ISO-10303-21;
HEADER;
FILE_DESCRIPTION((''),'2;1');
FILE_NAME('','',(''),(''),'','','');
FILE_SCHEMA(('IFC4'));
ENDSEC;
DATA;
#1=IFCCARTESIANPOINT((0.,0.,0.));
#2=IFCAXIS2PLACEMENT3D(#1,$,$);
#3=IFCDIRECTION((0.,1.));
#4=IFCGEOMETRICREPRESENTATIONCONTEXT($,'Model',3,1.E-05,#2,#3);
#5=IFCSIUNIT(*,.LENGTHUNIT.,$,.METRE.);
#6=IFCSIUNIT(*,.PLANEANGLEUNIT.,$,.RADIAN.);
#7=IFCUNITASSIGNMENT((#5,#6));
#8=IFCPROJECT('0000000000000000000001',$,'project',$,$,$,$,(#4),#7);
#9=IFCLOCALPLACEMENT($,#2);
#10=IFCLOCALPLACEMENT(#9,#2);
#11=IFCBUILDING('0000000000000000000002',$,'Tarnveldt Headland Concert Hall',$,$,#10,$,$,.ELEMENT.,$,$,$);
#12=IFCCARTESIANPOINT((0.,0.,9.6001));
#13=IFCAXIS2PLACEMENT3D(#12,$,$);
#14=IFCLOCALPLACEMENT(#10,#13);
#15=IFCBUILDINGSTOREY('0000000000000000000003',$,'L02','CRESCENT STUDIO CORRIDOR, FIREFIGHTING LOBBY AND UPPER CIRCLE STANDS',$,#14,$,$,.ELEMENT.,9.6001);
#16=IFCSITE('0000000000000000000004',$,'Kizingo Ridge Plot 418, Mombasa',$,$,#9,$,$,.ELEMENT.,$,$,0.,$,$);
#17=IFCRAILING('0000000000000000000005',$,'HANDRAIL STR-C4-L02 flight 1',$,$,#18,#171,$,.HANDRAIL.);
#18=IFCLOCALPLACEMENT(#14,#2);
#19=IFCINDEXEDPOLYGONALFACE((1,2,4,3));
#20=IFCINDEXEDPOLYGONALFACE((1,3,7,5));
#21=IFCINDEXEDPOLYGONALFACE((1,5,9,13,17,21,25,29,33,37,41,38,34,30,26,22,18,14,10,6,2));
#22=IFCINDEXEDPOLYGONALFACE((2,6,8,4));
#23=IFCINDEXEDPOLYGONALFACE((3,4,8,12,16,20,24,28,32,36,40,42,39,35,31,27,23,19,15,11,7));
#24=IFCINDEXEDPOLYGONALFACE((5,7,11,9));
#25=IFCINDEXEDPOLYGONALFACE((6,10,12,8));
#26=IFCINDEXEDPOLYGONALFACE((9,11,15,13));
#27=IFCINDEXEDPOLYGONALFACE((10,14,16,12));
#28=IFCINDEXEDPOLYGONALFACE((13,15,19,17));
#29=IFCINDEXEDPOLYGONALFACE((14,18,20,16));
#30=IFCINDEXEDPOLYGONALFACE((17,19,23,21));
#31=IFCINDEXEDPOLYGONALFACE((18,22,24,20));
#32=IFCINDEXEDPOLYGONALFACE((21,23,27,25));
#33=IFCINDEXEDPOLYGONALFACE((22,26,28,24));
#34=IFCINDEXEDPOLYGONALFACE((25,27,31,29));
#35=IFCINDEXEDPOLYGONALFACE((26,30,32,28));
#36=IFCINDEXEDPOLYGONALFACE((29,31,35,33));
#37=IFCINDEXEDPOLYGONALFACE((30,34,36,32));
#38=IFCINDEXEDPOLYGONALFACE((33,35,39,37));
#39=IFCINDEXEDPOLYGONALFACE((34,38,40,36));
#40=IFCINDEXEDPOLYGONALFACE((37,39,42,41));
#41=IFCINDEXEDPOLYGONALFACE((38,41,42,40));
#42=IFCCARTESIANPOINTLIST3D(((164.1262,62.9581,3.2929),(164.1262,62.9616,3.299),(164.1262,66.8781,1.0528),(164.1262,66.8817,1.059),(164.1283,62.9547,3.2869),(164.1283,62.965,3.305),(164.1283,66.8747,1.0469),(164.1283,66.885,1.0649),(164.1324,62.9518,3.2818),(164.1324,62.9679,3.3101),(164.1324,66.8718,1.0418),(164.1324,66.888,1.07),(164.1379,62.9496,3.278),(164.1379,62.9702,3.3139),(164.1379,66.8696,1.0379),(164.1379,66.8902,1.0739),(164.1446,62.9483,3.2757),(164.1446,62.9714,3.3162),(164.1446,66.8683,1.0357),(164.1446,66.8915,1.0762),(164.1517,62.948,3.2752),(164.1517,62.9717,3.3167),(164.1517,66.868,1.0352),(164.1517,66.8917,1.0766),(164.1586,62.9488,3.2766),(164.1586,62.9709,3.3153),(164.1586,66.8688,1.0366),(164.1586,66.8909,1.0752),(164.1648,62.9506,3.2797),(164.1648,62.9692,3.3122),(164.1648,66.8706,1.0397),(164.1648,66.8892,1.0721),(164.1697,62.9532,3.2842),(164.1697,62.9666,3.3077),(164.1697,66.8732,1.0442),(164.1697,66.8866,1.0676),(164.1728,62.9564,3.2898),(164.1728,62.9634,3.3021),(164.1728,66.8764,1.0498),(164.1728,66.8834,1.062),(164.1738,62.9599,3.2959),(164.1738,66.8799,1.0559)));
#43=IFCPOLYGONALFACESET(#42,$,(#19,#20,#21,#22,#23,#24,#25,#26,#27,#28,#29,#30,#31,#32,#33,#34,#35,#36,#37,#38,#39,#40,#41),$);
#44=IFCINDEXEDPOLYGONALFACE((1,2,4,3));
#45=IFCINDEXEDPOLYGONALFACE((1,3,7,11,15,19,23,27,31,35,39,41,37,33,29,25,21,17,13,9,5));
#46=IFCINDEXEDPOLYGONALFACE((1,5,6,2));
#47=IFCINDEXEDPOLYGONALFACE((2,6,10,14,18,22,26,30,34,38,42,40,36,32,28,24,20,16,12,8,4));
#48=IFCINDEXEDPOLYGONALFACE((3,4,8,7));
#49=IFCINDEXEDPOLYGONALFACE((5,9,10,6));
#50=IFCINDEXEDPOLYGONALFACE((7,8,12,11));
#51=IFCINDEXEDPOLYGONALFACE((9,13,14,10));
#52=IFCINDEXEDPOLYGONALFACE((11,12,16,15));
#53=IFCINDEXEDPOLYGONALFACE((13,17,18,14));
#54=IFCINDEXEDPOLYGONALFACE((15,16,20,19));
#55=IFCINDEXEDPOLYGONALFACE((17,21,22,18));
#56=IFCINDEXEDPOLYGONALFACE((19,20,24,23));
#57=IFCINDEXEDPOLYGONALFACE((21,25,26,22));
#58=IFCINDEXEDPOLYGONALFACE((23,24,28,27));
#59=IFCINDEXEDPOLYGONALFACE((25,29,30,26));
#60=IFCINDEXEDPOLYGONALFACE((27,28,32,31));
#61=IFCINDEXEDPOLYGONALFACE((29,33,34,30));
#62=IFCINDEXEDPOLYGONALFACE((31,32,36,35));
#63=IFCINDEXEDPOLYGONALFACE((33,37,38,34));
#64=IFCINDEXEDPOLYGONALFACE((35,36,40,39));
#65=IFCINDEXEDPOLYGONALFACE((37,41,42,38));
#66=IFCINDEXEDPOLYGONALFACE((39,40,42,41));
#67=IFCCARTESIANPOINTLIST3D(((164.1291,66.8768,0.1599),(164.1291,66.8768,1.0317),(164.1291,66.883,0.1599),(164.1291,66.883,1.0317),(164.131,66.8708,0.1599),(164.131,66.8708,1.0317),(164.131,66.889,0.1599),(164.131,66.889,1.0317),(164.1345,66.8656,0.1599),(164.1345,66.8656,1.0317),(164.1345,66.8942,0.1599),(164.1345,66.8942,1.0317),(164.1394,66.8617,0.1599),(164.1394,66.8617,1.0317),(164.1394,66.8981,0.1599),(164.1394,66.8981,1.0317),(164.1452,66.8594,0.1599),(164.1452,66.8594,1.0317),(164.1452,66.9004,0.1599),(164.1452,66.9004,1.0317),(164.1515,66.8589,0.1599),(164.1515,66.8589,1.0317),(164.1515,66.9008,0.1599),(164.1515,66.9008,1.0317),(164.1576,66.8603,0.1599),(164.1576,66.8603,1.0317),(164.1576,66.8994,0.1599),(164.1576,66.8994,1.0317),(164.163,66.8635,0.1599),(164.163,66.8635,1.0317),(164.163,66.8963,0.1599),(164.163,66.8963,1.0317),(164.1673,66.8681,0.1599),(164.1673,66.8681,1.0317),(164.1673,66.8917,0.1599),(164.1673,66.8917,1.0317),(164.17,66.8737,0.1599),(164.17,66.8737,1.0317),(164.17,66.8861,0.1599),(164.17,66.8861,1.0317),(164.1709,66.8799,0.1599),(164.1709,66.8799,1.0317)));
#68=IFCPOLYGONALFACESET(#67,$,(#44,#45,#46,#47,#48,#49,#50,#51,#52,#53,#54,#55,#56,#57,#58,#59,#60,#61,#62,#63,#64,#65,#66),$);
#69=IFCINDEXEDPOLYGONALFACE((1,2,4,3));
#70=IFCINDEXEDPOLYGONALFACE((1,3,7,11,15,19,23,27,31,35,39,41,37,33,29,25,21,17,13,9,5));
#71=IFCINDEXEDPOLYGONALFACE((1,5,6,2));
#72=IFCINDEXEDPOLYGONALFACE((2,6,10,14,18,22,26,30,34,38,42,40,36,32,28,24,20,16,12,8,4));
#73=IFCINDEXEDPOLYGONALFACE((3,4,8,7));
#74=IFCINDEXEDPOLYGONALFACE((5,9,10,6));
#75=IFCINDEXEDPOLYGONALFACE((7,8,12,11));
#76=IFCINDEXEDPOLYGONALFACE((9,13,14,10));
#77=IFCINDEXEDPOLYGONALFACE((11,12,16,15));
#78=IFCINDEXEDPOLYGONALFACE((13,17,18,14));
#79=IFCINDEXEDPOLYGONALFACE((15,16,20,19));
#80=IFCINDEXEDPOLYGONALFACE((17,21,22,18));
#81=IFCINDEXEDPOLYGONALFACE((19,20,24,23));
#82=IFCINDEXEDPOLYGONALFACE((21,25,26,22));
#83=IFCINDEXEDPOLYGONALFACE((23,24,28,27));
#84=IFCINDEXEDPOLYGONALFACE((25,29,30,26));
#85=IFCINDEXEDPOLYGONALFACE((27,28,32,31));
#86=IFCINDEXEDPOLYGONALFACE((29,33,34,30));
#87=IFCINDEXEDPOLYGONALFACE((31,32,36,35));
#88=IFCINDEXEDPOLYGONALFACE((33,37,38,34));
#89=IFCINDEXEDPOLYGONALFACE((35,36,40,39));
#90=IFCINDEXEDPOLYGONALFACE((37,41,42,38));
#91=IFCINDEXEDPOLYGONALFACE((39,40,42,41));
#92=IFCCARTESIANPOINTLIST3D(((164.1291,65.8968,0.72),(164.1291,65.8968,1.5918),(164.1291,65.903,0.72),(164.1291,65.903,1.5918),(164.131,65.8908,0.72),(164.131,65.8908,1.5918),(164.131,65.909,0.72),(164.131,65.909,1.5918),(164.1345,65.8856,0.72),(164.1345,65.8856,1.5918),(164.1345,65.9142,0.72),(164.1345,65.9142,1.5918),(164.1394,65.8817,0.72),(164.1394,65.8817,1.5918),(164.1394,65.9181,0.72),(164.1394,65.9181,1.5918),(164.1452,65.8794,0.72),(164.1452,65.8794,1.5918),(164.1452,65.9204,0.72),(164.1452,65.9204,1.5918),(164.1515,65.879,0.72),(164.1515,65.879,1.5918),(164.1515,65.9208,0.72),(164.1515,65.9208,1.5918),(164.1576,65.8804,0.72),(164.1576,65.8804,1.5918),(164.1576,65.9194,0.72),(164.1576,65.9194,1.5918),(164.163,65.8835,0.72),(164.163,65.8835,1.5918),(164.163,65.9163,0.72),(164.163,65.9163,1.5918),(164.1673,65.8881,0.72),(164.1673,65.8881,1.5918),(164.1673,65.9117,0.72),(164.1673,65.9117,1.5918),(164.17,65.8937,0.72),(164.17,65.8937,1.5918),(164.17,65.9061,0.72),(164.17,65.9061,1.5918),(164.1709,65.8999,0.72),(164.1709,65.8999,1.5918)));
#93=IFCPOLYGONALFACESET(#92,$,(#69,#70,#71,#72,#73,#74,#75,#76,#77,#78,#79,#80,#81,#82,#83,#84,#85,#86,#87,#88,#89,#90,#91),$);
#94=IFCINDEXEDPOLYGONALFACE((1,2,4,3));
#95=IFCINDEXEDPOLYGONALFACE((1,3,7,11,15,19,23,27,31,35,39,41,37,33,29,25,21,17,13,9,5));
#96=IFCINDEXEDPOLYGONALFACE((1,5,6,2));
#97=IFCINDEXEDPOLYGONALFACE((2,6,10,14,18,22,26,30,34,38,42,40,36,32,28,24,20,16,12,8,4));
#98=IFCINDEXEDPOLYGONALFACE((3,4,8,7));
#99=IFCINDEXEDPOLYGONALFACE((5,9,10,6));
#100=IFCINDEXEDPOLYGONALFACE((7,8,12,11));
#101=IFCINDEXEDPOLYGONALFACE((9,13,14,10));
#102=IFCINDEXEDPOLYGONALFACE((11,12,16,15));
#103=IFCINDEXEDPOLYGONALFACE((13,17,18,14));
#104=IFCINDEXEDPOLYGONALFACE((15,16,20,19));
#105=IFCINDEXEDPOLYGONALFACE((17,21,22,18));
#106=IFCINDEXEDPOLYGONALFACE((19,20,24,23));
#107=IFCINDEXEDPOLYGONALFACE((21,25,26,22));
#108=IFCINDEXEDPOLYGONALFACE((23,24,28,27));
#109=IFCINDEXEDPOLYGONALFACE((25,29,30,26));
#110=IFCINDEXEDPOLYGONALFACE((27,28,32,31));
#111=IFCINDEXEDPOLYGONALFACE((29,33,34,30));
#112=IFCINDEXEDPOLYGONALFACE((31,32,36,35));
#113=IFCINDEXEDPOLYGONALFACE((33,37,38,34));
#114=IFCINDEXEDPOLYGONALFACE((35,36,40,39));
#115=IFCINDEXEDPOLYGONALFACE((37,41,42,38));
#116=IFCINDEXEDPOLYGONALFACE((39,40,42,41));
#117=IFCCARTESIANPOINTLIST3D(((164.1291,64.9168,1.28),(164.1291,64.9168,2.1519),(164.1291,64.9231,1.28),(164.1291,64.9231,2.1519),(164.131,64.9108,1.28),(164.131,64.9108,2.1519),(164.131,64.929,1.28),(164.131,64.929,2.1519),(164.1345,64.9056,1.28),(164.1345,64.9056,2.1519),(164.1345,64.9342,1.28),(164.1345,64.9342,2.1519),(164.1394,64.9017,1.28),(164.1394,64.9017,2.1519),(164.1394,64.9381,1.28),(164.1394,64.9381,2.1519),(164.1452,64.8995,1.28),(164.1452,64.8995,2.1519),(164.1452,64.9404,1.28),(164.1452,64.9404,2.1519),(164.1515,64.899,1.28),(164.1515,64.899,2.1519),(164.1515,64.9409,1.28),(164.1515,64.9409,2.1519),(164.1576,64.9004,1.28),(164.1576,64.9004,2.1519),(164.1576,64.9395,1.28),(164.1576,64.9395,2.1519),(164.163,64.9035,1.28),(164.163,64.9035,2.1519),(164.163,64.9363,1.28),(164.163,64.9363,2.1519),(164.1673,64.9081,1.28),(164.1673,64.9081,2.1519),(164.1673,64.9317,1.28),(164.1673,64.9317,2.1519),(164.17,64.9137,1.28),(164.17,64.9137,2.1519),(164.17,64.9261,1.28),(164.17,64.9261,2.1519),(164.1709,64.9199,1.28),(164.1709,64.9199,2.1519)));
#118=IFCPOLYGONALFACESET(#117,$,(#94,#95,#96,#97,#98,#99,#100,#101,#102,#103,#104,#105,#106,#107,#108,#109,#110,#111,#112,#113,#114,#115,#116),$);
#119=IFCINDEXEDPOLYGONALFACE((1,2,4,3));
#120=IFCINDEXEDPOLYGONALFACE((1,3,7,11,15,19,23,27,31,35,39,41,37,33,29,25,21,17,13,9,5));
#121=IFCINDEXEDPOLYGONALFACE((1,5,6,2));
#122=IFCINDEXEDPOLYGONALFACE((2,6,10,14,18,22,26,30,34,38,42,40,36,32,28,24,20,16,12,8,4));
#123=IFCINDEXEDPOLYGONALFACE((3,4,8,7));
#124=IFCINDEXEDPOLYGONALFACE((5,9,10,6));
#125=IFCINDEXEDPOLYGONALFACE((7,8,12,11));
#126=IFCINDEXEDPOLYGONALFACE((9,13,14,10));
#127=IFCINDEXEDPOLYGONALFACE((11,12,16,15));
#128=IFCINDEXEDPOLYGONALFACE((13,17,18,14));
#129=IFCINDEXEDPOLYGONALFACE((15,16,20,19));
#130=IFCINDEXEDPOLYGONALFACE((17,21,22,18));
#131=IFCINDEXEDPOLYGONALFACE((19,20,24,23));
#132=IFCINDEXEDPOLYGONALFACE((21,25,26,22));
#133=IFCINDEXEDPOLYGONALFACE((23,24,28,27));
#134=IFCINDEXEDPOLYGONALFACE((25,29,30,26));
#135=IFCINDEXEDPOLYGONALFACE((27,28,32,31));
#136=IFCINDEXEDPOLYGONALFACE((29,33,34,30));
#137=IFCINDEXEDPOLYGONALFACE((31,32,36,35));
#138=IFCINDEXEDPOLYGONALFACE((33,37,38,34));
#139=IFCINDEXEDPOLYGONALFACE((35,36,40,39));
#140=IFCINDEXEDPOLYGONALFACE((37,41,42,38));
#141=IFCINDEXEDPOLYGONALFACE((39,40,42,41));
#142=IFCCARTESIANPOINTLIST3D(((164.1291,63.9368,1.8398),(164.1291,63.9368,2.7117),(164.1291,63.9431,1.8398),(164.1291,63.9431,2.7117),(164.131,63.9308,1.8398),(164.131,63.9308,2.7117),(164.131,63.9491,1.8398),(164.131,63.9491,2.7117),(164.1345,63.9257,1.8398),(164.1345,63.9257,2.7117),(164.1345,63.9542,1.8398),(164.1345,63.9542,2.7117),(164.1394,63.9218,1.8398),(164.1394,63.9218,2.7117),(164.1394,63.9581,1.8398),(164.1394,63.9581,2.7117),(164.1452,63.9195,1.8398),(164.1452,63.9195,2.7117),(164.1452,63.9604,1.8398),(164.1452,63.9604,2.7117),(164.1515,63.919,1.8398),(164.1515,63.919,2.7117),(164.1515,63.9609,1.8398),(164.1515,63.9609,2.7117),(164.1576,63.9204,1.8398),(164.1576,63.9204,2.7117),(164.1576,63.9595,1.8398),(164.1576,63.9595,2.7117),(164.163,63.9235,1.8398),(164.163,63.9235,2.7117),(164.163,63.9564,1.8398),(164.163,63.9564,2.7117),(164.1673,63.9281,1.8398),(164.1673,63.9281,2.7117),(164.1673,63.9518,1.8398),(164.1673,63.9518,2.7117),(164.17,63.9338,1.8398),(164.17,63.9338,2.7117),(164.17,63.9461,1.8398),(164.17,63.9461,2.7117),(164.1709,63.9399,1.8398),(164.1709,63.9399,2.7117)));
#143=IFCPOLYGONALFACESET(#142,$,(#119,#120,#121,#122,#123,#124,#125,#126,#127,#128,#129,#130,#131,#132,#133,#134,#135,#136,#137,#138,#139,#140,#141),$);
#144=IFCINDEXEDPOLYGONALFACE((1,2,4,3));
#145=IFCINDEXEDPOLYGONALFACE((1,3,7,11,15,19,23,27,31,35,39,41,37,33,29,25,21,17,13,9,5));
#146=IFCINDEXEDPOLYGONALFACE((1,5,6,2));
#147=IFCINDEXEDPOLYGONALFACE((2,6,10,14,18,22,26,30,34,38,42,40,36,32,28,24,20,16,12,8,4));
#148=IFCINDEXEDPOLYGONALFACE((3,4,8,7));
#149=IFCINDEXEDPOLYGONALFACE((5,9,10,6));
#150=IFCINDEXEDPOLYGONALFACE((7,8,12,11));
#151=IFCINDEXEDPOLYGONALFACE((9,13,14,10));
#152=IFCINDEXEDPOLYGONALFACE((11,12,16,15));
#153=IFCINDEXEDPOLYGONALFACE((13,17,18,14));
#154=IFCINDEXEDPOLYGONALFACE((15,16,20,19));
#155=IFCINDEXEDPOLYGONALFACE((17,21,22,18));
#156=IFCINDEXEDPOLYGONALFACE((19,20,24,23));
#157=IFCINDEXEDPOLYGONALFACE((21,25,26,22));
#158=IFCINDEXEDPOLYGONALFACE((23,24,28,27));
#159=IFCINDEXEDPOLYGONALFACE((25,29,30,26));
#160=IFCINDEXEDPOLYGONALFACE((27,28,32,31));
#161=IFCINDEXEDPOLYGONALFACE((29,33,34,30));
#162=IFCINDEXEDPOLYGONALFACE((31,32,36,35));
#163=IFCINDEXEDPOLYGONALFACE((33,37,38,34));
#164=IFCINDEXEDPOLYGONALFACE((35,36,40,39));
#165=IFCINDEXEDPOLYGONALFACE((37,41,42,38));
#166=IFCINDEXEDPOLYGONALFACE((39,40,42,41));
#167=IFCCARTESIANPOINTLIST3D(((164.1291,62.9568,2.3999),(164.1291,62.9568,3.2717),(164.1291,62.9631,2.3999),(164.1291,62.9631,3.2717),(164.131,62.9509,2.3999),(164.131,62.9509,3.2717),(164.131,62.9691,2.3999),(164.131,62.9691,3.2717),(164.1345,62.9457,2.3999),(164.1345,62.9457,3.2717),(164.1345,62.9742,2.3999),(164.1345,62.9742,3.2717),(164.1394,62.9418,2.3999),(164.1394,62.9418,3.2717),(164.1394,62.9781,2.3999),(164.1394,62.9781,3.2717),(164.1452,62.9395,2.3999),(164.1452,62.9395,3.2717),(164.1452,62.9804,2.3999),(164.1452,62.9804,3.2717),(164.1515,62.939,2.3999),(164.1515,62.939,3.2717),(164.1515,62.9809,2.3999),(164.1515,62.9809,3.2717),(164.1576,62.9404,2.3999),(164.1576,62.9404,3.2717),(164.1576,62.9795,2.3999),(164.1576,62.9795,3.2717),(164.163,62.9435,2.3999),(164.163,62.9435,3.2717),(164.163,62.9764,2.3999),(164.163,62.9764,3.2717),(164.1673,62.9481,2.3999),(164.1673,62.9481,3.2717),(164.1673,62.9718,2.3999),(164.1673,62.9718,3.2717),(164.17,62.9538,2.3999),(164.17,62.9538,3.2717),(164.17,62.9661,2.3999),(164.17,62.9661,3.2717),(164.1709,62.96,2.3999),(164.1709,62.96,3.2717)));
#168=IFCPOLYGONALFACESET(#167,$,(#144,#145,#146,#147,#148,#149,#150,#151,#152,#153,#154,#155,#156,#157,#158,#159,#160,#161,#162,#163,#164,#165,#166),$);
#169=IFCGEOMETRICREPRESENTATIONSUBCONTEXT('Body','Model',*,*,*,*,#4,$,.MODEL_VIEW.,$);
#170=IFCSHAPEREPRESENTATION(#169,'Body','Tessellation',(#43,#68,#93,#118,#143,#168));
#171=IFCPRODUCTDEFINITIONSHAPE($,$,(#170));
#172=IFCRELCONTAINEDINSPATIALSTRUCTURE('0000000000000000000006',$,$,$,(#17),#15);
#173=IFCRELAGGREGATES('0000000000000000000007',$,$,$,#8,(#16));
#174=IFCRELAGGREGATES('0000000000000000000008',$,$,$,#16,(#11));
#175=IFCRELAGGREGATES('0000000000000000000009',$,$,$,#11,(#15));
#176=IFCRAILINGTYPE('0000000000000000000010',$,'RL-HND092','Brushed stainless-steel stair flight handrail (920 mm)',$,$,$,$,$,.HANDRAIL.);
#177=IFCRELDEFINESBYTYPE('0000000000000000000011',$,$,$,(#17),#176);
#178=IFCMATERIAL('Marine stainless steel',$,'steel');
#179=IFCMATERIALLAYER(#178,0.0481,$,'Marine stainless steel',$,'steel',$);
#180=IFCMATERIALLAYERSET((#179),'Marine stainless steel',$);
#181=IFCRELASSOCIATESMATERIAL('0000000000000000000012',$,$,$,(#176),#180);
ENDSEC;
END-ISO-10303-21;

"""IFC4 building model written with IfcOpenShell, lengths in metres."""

from ifc_helpers import new_model, si_unit, direction, frame, origin, origin_2d, place, context, subcontext, project, spatial, circle, extrude, material, layer, layer_set, type_object, element, save


model = new_model("IFC4")

# Units and contexts
model_context = context("Model", 3, precision=1e-05, world=origin(), true_north=direction((0.0, 1.0)))
body_context = subcontext(model_context, "Body", "Model", "MODEL_VIEW")
ifc_project = project(units=[si_unit("LENGTHUNIT", "METRE"), si_unit("PLANEANGLEUNIT", "RADIAN")], contexts=[model_context])

# Site, building, storey
site_placement = place(None, origin())
site = spatial("IfcSite", under=ifc_project, at=site_placement, Name="Kizingo Ridge Plot 418, Mombasa", CompositionType="ELEMENT", RefElevation=0.0)
building_placement = place(site_placement, origin())
building = spatial("IfcBuilding", under=site, at=building_placement, Name="Tarnveldt Headland Concert Hall", CompositionType="ELEMENT")
storey_placement = place(building_placement, frame((0.0, 0.0, 9.6001)))
storey = spatial("IfcBuildingStorey", under=building, at=storey_placement, Name="L02", Description="CRESCENT STUDIO CORRIDOR, FIREFIGHTING LOBBY AND UPPER CIRCLE STANDS", CompositionType="ELEMENT", Elevation=9.6001)

# Railing
ifc_material_1 = material(Name="Marine stainless steel", Category="steel")
ifc_layer_1 = layer(ifc_material_1, 0.0481, Name="Marine stainless steel", Category="steel")
ifc_layer_set_1 = layer_set([ifc_layer_1], Name="Marine stainless steel")
railing_type = type_object("IfcRailingType", Name="RL-HND092", Description="Brushed stainless-steel stair flight handrail (920 mm)", PredefinedType="HANDRAIL", material=ifc_layer_set_1)
railing_placement = place(storey_placement, frame((164.1499, 66.8799, 0.1599)))
element("IfcRailing", 1, at=railing_placement, inside=storey, type_object=railing_type, Name="HANDRAIL STR-C4-L02 flight 1", PredefinedType="HANDRAIL", context=body_context, shape_type="SweptSolid", body=[
    extrude(circle(Radius=0.0239, at=origin_2d()), frame((0.0, 0.0, 0.896), z_axis=(0.0, -0.86824, 0.496145), x_axis=(1.0, 0.0, 0.0)), (0.0, 0.0, 1.0), 4.5149),
    extrude(circle(Radius=0.021, at=origin_2d()), origin(), (0.0, 0.0, 1.0), 0.8718),
    extrude(circle(Radius=0.021, at=origin_2d()), frame((0.0, -0.98, 0.5601)), (0.0, 0.0, 1.0), 0.8718),
    extrude(circle(Radius=0.021, at=origin_2d()), frame((0.0, -1.96, 1.1201)), (0.0, 0.0, 1.0), 0.8718),
    extrude(circle(Radius=0.021, at=origin_2d()), frame((0.0, -2.9399, 1.6799)), (0.0, 0.0, 1.0), 0.8718),
    extrude(circle(Radius=0.021, at=origin_2d()), frame((0.0, -3.9199, 2.24)), (0.0, 0.0, 1.0), 0.8718),
])

save(model, "model.ifc")
